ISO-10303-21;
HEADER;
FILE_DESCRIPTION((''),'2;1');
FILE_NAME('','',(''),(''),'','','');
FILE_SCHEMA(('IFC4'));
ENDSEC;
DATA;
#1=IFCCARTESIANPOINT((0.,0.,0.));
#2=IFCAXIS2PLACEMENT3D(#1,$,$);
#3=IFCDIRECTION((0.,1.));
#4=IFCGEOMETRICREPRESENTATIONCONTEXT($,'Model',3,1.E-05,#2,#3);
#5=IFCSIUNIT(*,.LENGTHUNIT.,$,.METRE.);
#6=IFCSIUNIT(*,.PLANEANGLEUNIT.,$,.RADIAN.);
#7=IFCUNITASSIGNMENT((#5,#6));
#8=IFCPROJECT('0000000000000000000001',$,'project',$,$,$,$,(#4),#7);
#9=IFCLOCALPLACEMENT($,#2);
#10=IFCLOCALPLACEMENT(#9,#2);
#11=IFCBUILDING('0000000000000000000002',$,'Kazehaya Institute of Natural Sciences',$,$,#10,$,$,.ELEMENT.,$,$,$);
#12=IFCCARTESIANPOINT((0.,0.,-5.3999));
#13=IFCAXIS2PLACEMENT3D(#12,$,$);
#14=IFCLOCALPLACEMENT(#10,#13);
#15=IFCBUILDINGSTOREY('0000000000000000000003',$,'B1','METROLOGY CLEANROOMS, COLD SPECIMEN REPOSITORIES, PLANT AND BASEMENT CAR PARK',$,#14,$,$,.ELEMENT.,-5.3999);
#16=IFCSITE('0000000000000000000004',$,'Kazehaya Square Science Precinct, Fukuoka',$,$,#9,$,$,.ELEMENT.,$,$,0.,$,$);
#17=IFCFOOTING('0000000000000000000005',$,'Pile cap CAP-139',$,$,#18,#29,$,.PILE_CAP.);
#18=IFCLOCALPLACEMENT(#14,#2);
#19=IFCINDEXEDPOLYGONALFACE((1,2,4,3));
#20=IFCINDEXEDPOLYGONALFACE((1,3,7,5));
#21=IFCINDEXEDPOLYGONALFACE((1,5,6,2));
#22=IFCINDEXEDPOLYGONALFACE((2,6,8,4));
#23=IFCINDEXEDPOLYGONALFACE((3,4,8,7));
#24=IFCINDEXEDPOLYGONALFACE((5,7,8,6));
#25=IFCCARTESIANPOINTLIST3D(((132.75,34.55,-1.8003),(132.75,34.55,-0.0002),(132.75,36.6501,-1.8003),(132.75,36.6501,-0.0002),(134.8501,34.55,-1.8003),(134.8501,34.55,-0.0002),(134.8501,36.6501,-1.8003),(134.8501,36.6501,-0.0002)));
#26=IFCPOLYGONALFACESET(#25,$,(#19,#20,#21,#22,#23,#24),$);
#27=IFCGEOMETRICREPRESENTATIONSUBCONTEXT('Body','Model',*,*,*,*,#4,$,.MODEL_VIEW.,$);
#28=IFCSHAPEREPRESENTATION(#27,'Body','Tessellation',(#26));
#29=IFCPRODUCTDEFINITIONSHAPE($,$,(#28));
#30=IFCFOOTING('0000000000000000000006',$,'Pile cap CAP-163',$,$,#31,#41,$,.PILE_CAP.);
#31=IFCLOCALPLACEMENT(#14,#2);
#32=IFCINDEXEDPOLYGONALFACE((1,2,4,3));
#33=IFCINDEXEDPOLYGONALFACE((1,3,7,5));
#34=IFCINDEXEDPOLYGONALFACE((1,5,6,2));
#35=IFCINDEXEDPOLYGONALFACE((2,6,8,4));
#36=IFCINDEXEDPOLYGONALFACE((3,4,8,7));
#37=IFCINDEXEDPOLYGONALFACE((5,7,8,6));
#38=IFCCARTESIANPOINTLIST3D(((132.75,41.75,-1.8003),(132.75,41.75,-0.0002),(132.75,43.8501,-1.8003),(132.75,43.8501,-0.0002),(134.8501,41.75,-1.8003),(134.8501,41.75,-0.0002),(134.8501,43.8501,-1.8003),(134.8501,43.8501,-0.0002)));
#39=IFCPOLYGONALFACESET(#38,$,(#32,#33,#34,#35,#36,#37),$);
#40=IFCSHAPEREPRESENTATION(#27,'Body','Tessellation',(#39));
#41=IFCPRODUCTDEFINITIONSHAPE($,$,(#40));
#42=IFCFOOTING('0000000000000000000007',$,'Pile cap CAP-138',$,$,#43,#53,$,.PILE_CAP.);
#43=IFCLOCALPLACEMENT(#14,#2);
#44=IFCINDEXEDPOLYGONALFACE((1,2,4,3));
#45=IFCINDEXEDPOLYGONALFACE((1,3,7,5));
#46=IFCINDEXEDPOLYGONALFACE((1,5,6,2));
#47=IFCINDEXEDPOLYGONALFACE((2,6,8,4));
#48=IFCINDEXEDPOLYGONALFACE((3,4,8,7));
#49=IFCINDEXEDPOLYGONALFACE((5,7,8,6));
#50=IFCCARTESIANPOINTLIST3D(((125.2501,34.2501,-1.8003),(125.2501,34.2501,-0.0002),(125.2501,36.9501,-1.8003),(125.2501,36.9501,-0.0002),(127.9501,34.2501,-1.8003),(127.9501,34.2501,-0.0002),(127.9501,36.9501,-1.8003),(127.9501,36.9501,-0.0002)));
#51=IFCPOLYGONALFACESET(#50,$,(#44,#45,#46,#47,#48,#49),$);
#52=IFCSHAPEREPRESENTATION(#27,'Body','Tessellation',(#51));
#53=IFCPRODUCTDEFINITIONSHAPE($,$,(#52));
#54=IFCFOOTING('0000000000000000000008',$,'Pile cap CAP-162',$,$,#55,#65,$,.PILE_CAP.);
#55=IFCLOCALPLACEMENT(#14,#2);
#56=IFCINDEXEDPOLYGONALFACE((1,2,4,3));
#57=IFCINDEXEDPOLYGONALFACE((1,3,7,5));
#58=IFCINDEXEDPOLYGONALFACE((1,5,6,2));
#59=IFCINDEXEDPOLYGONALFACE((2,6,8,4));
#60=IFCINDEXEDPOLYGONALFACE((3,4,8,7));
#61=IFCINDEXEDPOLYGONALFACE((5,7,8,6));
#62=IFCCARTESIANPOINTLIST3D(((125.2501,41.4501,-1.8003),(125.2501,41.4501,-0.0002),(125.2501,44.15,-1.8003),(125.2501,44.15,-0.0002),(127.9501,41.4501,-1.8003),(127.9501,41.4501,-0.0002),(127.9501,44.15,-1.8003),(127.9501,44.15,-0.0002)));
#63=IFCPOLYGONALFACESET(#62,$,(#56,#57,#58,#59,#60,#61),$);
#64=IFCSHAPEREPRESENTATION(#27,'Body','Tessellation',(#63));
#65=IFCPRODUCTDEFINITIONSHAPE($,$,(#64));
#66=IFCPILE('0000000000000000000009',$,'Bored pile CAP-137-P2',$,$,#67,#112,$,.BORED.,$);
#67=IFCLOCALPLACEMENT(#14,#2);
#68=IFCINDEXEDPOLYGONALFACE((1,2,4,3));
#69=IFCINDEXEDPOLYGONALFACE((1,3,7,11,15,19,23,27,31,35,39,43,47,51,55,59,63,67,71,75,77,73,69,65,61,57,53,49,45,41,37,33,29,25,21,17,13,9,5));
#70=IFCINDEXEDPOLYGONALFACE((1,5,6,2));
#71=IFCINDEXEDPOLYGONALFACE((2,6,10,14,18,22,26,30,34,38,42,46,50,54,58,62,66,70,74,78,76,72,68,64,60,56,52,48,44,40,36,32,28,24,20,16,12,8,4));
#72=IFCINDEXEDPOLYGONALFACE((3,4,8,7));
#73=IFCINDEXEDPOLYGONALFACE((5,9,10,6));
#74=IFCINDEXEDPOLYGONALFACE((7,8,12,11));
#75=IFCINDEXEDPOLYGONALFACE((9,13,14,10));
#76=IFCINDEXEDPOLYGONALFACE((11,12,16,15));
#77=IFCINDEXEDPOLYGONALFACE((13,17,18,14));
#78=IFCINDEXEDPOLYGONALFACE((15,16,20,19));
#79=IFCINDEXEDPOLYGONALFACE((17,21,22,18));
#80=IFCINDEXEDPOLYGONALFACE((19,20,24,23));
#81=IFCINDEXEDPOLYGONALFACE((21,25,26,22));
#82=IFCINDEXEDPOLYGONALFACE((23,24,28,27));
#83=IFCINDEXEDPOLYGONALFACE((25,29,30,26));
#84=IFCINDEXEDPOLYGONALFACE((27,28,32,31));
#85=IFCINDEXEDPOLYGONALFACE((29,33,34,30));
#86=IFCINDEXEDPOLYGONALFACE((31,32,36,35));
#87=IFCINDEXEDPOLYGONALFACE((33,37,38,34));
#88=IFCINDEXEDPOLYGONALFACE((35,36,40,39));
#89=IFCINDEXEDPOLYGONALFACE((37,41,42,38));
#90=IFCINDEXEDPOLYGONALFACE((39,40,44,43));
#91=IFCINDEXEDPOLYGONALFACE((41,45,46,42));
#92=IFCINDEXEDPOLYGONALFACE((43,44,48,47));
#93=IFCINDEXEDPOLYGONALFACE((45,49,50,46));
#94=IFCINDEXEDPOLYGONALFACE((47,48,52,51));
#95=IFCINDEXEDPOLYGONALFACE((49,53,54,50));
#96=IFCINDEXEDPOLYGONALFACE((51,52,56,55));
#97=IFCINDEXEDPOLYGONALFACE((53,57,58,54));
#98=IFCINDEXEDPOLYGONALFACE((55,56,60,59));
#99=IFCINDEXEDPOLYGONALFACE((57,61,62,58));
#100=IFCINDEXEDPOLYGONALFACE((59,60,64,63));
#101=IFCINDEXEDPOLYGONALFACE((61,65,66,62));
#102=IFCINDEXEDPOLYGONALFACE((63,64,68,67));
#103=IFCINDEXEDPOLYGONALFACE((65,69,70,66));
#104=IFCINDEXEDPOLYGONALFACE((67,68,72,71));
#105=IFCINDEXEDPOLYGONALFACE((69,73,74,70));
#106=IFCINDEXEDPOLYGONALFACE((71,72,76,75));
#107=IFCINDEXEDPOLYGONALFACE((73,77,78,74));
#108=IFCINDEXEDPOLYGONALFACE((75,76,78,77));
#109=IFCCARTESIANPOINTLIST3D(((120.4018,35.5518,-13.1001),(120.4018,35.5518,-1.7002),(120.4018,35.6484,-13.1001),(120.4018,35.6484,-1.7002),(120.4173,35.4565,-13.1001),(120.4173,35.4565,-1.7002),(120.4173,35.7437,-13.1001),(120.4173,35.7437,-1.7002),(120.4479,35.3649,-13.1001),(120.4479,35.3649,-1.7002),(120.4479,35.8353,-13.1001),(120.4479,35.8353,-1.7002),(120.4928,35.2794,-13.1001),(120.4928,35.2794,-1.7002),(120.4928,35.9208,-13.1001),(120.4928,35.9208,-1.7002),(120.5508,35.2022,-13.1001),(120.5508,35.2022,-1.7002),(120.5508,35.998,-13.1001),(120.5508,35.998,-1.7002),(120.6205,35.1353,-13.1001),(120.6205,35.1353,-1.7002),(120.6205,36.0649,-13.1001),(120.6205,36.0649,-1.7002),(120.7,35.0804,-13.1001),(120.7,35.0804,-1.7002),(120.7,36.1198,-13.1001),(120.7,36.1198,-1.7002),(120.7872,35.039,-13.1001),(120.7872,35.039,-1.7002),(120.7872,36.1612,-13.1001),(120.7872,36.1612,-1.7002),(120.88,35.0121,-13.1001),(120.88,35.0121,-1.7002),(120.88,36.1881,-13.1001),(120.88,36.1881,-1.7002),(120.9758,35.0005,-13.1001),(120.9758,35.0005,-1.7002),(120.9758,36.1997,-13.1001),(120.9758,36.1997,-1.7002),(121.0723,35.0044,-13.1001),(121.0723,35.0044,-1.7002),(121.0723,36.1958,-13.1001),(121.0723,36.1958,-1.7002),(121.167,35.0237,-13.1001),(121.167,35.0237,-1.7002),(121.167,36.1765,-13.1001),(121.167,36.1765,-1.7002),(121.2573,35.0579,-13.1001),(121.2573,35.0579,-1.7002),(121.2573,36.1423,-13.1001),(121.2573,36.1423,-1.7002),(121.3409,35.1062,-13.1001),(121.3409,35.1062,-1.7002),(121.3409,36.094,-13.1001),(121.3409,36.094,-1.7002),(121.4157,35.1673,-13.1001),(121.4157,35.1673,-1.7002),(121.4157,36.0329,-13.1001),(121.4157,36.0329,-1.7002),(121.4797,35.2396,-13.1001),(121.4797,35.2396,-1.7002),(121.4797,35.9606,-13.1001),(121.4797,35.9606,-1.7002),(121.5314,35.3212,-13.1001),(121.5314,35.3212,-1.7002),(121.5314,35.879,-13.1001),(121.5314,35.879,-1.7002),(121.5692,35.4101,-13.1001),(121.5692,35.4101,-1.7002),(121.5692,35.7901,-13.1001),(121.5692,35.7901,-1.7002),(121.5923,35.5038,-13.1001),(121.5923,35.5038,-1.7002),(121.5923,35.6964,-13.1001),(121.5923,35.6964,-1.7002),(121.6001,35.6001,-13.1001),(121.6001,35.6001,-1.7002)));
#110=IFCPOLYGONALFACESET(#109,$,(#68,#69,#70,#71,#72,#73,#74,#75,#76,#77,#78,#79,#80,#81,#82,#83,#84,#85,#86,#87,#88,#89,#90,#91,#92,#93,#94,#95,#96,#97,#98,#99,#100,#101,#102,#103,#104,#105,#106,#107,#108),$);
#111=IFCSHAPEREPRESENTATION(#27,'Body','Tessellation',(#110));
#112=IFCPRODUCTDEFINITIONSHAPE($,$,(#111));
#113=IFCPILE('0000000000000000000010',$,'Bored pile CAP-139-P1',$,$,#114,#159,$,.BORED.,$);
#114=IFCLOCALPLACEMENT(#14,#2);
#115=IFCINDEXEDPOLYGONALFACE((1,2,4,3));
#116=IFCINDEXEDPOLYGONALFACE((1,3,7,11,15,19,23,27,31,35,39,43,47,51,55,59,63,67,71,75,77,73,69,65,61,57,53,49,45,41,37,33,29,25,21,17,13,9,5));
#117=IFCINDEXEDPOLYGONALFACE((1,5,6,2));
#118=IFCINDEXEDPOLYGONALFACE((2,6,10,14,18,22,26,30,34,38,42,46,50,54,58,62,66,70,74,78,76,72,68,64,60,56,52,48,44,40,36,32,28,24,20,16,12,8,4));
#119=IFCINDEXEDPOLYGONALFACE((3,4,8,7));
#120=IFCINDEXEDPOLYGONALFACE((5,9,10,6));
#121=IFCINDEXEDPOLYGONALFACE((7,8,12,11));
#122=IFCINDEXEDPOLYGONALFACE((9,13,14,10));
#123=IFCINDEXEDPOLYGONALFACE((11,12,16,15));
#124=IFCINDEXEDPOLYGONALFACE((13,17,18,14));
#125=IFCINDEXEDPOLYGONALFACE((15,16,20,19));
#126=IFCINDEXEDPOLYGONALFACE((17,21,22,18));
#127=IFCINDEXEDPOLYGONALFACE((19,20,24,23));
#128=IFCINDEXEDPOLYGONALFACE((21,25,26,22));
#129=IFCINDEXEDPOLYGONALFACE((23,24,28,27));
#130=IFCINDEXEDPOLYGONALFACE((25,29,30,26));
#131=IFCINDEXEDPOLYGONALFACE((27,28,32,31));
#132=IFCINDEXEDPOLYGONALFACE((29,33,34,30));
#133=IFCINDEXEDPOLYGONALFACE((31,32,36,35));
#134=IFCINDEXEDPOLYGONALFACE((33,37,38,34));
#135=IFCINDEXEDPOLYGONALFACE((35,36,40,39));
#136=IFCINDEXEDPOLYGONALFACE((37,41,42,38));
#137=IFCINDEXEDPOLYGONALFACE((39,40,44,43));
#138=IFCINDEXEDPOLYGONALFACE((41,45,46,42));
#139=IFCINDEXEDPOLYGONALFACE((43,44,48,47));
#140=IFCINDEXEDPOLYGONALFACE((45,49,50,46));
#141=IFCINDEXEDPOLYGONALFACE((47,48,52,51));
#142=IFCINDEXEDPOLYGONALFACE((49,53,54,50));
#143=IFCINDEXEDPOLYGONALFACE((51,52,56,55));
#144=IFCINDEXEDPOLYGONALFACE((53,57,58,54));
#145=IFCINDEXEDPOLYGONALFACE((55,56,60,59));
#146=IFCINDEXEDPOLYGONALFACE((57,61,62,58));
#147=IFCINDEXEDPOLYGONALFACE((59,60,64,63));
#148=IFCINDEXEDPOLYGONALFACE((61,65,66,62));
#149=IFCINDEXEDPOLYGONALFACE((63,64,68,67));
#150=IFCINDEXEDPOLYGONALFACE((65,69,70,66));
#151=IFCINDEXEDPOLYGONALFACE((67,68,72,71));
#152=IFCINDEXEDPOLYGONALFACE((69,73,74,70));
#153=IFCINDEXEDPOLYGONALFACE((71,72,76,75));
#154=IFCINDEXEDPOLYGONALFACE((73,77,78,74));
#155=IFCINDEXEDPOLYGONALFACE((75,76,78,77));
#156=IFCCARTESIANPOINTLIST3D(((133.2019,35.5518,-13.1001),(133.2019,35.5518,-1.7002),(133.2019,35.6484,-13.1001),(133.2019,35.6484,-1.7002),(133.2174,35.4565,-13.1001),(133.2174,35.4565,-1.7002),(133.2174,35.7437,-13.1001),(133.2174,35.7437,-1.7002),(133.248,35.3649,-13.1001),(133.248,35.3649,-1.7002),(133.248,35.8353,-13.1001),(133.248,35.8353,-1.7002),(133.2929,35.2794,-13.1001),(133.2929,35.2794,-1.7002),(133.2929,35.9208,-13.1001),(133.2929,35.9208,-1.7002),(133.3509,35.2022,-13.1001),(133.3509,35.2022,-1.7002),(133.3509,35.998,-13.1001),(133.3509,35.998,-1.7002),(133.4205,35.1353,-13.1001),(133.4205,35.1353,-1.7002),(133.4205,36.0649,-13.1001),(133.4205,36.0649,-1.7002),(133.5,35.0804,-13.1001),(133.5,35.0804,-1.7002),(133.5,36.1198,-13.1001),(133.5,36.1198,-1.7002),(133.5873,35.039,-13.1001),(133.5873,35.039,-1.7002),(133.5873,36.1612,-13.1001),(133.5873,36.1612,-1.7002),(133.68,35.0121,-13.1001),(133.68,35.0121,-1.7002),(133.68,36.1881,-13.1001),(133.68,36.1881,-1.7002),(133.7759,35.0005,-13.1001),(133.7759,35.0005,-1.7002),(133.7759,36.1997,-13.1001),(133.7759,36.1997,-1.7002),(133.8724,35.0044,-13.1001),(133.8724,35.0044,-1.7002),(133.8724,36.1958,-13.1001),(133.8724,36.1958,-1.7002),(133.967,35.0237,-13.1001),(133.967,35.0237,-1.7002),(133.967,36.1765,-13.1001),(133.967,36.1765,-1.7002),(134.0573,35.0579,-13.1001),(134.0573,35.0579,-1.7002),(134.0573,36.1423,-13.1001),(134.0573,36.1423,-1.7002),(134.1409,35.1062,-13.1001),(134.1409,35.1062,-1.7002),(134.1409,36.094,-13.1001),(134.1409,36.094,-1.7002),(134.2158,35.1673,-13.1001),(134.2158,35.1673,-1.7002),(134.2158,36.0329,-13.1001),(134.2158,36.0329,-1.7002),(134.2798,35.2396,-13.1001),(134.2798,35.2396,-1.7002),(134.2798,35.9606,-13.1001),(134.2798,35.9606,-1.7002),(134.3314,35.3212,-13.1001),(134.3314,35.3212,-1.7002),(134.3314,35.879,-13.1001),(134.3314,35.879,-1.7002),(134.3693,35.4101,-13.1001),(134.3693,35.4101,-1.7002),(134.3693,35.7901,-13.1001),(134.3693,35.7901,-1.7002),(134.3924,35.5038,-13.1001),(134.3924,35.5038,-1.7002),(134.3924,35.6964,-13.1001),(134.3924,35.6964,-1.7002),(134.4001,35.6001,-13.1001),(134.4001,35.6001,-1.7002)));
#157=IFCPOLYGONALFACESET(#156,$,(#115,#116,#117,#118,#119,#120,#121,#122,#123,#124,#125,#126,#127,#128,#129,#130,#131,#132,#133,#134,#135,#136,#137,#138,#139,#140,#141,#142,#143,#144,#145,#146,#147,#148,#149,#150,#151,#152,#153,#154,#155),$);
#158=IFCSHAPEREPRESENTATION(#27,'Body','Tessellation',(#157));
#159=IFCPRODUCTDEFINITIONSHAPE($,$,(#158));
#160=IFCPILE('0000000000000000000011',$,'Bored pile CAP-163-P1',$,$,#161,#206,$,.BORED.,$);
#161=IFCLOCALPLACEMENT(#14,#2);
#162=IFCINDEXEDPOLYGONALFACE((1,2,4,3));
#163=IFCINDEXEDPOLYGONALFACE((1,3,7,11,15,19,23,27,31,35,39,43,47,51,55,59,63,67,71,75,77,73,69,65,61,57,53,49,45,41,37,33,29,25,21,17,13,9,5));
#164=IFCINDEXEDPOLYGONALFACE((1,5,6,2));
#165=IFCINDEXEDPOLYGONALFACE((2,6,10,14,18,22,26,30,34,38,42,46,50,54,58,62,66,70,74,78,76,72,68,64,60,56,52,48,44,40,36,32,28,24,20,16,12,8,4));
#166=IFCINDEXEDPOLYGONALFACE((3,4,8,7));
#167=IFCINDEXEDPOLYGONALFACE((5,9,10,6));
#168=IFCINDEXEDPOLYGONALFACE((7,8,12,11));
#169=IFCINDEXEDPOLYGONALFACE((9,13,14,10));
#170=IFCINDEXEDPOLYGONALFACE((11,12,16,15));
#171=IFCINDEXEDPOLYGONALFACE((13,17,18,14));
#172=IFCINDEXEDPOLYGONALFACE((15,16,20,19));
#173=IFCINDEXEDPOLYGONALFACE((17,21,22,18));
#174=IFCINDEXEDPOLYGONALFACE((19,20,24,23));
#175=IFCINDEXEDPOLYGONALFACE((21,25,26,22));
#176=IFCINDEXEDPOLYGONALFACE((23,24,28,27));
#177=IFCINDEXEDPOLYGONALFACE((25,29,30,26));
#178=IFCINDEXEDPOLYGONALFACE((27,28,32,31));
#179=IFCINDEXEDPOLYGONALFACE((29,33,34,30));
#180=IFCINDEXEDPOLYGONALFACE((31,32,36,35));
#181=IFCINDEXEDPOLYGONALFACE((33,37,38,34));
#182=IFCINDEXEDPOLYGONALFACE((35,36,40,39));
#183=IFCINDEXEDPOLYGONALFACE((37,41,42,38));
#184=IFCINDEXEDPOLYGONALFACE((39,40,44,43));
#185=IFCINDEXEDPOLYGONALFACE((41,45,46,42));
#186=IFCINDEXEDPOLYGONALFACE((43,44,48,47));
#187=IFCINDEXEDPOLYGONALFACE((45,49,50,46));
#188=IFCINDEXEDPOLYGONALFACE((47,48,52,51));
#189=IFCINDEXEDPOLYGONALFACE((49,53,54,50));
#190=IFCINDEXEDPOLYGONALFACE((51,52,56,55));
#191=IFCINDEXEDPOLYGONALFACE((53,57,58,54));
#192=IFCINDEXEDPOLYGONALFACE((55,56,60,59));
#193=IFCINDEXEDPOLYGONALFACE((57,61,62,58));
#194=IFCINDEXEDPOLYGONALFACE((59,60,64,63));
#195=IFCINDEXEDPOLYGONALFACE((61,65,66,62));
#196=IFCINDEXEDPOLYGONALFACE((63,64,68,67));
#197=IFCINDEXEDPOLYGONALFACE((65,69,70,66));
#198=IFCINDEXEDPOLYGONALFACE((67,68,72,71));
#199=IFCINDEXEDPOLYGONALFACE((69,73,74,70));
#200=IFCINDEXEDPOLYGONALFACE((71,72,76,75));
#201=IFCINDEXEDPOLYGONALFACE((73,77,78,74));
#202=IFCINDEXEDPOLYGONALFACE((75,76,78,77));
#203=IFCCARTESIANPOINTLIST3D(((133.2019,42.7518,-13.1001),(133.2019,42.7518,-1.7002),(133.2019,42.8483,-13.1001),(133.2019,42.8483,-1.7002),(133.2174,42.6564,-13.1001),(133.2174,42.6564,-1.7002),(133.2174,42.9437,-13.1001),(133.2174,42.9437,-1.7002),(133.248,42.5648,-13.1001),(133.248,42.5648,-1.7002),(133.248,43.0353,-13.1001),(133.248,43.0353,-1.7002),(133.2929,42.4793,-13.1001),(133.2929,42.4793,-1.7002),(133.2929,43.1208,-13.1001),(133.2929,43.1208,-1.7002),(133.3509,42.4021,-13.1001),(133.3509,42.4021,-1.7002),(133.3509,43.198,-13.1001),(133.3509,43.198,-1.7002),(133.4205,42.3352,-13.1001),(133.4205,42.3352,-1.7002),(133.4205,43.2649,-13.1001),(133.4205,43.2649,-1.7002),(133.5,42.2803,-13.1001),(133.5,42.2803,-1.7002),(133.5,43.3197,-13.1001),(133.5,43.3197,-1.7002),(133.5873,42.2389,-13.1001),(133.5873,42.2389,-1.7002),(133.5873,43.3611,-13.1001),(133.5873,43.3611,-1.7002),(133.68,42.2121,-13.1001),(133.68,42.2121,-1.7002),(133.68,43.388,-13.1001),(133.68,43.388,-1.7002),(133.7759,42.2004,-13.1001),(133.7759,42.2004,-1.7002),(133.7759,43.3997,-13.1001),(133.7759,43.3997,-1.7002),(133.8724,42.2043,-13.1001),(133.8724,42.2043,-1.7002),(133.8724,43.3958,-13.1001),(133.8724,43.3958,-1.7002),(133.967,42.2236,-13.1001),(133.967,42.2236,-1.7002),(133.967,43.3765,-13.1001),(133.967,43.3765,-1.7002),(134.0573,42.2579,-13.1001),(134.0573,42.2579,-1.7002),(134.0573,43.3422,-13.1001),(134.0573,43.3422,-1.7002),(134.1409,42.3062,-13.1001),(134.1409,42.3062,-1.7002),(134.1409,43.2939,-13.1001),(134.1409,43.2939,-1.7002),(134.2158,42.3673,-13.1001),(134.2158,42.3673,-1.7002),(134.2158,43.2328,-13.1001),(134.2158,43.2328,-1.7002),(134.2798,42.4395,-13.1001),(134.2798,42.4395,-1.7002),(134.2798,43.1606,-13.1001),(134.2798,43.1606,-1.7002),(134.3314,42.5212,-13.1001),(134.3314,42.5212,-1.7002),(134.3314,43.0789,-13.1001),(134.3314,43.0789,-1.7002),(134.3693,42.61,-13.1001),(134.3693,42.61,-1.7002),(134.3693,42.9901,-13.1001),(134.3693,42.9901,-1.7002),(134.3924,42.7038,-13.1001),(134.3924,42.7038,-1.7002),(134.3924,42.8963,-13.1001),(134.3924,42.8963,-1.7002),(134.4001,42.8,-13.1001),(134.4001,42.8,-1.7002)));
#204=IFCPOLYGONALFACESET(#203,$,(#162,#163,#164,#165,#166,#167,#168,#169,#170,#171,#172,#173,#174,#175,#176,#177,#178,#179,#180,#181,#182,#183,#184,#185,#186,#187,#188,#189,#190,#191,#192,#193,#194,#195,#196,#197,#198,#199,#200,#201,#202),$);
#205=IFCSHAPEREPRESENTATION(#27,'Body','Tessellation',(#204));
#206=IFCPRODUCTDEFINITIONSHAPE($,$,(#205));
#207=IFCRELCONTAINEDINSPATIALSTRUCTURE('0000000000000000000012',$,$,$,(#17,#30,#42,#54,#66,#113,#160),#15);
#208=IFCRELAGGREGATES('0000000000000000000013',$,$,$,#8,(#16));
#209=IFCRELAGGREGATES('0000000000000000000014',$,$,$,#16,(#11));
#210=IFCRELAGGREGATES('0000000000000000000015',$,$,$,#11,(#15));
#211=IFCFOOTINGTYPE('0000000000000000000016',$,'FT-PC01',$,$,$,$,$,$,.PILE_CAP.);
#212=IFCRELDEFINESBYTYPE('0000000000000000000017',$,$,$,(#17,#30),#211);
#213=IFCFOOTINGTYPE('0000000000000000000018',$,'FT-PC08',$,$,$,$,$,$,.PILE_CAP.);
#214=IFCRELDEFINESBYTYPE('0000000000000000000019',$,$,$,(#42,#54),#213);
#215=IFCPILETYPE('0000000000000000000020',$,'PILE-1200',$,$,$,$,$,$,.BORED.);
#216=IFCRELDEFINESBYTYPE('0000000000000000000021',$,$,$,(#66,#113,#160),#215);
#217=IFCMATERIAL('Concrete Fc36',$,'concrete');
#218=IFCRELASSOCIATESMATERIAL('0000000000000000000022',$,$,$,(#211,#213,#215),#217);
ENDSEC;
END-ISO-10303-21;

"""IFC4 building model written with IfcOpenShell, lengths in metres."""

from ifc_helpers import new_model, si_unit, direction, frame, origin, origin_2d, place, context, subcontext, project, spatial, rectangle, circle, extrude, material, material_profile, profile_set, type_object, element, save


model = new_model("IFC4")

# Units and contexts
model_context = context("Model", 3, precision=1e-05, world=origin(), true_north=direction((0.0, 1.0)))
body_context = subcontext(model_context, "Body", "Model", "MODEL_VIEW")
ifc_project = project(units=[si_unit("LENGTHUNIT", "METRE"), si_unit("PLANEANGLEUNIT", "RADIAN")], contexts=[model_context])

# Site, building, storey
site_placement = place(None, origin())
site = spatial("IfcSite", under=ifc_project, at=site_placement, Name="Kazehaya Square Science Precinct, Fukuoka", CompositionType="ELEMENT", RefElevation=0.0)
building_placement = place(site_placement, origin())
building = spatial("IfcBuilding", under=site, at=building_placement, Name="Kazehaya Institute of Natural Sciences", CompositionType="ELEMENT")
storey_placement = place(building_placement, frame((0.0, 0.0, -5.3999)))
storey = spatial("IfcBuildingStorey", under=building, at=storey_placement, Name="B1", Description="METROLOGY CLEANROOMS, COLD SPECIMEN REPOSITORIES, PLANT AND BASEMENT CAR PARK", CompositionType="ELEMENT", Elevation=-5.3999)

# Footings
ifc_material_1 = material(Name="Concrete Fc36", Category="concrete")
footing_type_1 = type_object("IfcFootingType", Name="FT-PC01", PredefinedType="PILE_CAP", material=ifc_material_1)
for number, where, z_axis, x_axis, name in (
    (1, (133.8, 35.6001, -1.8003), (0.0, 0.0, 1.0), (1.0, 0.0, 0.0), "Pile cap CAP-139"),
    (2, (133.8, 42.8, -1.8003), (0.0, 0.0, 1.0), (1.0, 0.0, 0.0), "Pile cap CAP-163"),
):
    element("IfcFooting", number, at=place(storey_placement, frame(where, z_axis=z_axis, x_axis=x_axis)), inside=storey, type_object=footing_type_1, Name=name, PredefinedType="PILE_CAP", context=body_context, shape_type="SweptSolid", body=[
        extrude(rectangle(XDim=2.1001, YDim=2.1001, at=origin_2d()), origin(), (0.0, 0.0, 1.0), 1.8),
    ])
footing_type_2 = type_object("IfcFootingType", Name="FT-PC08", PredefinedType="PILE_CAP", material=ifc_material_1)
for number, where, z_axis, x_axis, name in (
    (3, (126.6001, 35.6001, -1.8003), (0.0, 0.0, 1.0), (1.0, 0.0, 0.0), "Pile cap CAP-138"),
    (4, (126.6001, 42.8, -1.8003), (0.0, 0.0, 1.0), (1.0, 0.0, 0.0), "Pile cap CAP-162"),
):
    element("IfcFooting", number, at=place(storey_placement, frame(where, z_axis=z_axis, x_axis=x_axis)), inside=storey, type_object=footing_type_2, Name=name, PredefinedType="PILE_CAP", context=body_context, shape_type="SweptSolid", body=[
        extrude(rectangle(XDim=2.7, YDim=2.7, at=origin_2d()), origin(), (0.0, 0.0, 1.0), 1.8),
    ])

# Piles
ifc_material_profile_1 = material_profile(ifc_material_1, circle(Radius=0.6001, at=origin_2d()), Name="PILE-1200")
ifc_profile_set_1 = profile_set([ifc_material_profile_1], Name="Concrete Fc36")
pile_type_1 = type_object("IfcPileType", Name="PILE-1200", PredefinedType="BORED", material=ifc_profile_set_1)
for number, where, z_axis, x_axis, name in (
    (5, (121.0, 35.6001, -1.7002), (0.0, 0.0, -1.0), (1.0, 0.0, 0.0), "Bored pile CAP-137-P2"),
    (6, (133.8, 35.6001, -1.7002), (0.0, 0.0, -1.0), (1.0, 0.0, 0.0), "Bored pile CAP-139-P1"),
    (7, (133.8, 42.8, -1.7002), (0.0, 0.0, -1.0), (1.0, 0.0, 0.0), "Bored pile CAP-163-P1"),
):
    element("IfcPile", number, at=place(storey_placement, frame(where, z_axis=z_axis, x_axis=x_axis)), inside=storey, type_object=pile_type_1, Name=name, PredefinedType="BORED", context=body_context, shape_type="SweptSolid", body=[
        extrude(circle(Radius=0.6001, at=origin_2d()), origin(), (0.0, 0.0, 1.0), 11.3999),
    ])

save(model, "model.ifc")
